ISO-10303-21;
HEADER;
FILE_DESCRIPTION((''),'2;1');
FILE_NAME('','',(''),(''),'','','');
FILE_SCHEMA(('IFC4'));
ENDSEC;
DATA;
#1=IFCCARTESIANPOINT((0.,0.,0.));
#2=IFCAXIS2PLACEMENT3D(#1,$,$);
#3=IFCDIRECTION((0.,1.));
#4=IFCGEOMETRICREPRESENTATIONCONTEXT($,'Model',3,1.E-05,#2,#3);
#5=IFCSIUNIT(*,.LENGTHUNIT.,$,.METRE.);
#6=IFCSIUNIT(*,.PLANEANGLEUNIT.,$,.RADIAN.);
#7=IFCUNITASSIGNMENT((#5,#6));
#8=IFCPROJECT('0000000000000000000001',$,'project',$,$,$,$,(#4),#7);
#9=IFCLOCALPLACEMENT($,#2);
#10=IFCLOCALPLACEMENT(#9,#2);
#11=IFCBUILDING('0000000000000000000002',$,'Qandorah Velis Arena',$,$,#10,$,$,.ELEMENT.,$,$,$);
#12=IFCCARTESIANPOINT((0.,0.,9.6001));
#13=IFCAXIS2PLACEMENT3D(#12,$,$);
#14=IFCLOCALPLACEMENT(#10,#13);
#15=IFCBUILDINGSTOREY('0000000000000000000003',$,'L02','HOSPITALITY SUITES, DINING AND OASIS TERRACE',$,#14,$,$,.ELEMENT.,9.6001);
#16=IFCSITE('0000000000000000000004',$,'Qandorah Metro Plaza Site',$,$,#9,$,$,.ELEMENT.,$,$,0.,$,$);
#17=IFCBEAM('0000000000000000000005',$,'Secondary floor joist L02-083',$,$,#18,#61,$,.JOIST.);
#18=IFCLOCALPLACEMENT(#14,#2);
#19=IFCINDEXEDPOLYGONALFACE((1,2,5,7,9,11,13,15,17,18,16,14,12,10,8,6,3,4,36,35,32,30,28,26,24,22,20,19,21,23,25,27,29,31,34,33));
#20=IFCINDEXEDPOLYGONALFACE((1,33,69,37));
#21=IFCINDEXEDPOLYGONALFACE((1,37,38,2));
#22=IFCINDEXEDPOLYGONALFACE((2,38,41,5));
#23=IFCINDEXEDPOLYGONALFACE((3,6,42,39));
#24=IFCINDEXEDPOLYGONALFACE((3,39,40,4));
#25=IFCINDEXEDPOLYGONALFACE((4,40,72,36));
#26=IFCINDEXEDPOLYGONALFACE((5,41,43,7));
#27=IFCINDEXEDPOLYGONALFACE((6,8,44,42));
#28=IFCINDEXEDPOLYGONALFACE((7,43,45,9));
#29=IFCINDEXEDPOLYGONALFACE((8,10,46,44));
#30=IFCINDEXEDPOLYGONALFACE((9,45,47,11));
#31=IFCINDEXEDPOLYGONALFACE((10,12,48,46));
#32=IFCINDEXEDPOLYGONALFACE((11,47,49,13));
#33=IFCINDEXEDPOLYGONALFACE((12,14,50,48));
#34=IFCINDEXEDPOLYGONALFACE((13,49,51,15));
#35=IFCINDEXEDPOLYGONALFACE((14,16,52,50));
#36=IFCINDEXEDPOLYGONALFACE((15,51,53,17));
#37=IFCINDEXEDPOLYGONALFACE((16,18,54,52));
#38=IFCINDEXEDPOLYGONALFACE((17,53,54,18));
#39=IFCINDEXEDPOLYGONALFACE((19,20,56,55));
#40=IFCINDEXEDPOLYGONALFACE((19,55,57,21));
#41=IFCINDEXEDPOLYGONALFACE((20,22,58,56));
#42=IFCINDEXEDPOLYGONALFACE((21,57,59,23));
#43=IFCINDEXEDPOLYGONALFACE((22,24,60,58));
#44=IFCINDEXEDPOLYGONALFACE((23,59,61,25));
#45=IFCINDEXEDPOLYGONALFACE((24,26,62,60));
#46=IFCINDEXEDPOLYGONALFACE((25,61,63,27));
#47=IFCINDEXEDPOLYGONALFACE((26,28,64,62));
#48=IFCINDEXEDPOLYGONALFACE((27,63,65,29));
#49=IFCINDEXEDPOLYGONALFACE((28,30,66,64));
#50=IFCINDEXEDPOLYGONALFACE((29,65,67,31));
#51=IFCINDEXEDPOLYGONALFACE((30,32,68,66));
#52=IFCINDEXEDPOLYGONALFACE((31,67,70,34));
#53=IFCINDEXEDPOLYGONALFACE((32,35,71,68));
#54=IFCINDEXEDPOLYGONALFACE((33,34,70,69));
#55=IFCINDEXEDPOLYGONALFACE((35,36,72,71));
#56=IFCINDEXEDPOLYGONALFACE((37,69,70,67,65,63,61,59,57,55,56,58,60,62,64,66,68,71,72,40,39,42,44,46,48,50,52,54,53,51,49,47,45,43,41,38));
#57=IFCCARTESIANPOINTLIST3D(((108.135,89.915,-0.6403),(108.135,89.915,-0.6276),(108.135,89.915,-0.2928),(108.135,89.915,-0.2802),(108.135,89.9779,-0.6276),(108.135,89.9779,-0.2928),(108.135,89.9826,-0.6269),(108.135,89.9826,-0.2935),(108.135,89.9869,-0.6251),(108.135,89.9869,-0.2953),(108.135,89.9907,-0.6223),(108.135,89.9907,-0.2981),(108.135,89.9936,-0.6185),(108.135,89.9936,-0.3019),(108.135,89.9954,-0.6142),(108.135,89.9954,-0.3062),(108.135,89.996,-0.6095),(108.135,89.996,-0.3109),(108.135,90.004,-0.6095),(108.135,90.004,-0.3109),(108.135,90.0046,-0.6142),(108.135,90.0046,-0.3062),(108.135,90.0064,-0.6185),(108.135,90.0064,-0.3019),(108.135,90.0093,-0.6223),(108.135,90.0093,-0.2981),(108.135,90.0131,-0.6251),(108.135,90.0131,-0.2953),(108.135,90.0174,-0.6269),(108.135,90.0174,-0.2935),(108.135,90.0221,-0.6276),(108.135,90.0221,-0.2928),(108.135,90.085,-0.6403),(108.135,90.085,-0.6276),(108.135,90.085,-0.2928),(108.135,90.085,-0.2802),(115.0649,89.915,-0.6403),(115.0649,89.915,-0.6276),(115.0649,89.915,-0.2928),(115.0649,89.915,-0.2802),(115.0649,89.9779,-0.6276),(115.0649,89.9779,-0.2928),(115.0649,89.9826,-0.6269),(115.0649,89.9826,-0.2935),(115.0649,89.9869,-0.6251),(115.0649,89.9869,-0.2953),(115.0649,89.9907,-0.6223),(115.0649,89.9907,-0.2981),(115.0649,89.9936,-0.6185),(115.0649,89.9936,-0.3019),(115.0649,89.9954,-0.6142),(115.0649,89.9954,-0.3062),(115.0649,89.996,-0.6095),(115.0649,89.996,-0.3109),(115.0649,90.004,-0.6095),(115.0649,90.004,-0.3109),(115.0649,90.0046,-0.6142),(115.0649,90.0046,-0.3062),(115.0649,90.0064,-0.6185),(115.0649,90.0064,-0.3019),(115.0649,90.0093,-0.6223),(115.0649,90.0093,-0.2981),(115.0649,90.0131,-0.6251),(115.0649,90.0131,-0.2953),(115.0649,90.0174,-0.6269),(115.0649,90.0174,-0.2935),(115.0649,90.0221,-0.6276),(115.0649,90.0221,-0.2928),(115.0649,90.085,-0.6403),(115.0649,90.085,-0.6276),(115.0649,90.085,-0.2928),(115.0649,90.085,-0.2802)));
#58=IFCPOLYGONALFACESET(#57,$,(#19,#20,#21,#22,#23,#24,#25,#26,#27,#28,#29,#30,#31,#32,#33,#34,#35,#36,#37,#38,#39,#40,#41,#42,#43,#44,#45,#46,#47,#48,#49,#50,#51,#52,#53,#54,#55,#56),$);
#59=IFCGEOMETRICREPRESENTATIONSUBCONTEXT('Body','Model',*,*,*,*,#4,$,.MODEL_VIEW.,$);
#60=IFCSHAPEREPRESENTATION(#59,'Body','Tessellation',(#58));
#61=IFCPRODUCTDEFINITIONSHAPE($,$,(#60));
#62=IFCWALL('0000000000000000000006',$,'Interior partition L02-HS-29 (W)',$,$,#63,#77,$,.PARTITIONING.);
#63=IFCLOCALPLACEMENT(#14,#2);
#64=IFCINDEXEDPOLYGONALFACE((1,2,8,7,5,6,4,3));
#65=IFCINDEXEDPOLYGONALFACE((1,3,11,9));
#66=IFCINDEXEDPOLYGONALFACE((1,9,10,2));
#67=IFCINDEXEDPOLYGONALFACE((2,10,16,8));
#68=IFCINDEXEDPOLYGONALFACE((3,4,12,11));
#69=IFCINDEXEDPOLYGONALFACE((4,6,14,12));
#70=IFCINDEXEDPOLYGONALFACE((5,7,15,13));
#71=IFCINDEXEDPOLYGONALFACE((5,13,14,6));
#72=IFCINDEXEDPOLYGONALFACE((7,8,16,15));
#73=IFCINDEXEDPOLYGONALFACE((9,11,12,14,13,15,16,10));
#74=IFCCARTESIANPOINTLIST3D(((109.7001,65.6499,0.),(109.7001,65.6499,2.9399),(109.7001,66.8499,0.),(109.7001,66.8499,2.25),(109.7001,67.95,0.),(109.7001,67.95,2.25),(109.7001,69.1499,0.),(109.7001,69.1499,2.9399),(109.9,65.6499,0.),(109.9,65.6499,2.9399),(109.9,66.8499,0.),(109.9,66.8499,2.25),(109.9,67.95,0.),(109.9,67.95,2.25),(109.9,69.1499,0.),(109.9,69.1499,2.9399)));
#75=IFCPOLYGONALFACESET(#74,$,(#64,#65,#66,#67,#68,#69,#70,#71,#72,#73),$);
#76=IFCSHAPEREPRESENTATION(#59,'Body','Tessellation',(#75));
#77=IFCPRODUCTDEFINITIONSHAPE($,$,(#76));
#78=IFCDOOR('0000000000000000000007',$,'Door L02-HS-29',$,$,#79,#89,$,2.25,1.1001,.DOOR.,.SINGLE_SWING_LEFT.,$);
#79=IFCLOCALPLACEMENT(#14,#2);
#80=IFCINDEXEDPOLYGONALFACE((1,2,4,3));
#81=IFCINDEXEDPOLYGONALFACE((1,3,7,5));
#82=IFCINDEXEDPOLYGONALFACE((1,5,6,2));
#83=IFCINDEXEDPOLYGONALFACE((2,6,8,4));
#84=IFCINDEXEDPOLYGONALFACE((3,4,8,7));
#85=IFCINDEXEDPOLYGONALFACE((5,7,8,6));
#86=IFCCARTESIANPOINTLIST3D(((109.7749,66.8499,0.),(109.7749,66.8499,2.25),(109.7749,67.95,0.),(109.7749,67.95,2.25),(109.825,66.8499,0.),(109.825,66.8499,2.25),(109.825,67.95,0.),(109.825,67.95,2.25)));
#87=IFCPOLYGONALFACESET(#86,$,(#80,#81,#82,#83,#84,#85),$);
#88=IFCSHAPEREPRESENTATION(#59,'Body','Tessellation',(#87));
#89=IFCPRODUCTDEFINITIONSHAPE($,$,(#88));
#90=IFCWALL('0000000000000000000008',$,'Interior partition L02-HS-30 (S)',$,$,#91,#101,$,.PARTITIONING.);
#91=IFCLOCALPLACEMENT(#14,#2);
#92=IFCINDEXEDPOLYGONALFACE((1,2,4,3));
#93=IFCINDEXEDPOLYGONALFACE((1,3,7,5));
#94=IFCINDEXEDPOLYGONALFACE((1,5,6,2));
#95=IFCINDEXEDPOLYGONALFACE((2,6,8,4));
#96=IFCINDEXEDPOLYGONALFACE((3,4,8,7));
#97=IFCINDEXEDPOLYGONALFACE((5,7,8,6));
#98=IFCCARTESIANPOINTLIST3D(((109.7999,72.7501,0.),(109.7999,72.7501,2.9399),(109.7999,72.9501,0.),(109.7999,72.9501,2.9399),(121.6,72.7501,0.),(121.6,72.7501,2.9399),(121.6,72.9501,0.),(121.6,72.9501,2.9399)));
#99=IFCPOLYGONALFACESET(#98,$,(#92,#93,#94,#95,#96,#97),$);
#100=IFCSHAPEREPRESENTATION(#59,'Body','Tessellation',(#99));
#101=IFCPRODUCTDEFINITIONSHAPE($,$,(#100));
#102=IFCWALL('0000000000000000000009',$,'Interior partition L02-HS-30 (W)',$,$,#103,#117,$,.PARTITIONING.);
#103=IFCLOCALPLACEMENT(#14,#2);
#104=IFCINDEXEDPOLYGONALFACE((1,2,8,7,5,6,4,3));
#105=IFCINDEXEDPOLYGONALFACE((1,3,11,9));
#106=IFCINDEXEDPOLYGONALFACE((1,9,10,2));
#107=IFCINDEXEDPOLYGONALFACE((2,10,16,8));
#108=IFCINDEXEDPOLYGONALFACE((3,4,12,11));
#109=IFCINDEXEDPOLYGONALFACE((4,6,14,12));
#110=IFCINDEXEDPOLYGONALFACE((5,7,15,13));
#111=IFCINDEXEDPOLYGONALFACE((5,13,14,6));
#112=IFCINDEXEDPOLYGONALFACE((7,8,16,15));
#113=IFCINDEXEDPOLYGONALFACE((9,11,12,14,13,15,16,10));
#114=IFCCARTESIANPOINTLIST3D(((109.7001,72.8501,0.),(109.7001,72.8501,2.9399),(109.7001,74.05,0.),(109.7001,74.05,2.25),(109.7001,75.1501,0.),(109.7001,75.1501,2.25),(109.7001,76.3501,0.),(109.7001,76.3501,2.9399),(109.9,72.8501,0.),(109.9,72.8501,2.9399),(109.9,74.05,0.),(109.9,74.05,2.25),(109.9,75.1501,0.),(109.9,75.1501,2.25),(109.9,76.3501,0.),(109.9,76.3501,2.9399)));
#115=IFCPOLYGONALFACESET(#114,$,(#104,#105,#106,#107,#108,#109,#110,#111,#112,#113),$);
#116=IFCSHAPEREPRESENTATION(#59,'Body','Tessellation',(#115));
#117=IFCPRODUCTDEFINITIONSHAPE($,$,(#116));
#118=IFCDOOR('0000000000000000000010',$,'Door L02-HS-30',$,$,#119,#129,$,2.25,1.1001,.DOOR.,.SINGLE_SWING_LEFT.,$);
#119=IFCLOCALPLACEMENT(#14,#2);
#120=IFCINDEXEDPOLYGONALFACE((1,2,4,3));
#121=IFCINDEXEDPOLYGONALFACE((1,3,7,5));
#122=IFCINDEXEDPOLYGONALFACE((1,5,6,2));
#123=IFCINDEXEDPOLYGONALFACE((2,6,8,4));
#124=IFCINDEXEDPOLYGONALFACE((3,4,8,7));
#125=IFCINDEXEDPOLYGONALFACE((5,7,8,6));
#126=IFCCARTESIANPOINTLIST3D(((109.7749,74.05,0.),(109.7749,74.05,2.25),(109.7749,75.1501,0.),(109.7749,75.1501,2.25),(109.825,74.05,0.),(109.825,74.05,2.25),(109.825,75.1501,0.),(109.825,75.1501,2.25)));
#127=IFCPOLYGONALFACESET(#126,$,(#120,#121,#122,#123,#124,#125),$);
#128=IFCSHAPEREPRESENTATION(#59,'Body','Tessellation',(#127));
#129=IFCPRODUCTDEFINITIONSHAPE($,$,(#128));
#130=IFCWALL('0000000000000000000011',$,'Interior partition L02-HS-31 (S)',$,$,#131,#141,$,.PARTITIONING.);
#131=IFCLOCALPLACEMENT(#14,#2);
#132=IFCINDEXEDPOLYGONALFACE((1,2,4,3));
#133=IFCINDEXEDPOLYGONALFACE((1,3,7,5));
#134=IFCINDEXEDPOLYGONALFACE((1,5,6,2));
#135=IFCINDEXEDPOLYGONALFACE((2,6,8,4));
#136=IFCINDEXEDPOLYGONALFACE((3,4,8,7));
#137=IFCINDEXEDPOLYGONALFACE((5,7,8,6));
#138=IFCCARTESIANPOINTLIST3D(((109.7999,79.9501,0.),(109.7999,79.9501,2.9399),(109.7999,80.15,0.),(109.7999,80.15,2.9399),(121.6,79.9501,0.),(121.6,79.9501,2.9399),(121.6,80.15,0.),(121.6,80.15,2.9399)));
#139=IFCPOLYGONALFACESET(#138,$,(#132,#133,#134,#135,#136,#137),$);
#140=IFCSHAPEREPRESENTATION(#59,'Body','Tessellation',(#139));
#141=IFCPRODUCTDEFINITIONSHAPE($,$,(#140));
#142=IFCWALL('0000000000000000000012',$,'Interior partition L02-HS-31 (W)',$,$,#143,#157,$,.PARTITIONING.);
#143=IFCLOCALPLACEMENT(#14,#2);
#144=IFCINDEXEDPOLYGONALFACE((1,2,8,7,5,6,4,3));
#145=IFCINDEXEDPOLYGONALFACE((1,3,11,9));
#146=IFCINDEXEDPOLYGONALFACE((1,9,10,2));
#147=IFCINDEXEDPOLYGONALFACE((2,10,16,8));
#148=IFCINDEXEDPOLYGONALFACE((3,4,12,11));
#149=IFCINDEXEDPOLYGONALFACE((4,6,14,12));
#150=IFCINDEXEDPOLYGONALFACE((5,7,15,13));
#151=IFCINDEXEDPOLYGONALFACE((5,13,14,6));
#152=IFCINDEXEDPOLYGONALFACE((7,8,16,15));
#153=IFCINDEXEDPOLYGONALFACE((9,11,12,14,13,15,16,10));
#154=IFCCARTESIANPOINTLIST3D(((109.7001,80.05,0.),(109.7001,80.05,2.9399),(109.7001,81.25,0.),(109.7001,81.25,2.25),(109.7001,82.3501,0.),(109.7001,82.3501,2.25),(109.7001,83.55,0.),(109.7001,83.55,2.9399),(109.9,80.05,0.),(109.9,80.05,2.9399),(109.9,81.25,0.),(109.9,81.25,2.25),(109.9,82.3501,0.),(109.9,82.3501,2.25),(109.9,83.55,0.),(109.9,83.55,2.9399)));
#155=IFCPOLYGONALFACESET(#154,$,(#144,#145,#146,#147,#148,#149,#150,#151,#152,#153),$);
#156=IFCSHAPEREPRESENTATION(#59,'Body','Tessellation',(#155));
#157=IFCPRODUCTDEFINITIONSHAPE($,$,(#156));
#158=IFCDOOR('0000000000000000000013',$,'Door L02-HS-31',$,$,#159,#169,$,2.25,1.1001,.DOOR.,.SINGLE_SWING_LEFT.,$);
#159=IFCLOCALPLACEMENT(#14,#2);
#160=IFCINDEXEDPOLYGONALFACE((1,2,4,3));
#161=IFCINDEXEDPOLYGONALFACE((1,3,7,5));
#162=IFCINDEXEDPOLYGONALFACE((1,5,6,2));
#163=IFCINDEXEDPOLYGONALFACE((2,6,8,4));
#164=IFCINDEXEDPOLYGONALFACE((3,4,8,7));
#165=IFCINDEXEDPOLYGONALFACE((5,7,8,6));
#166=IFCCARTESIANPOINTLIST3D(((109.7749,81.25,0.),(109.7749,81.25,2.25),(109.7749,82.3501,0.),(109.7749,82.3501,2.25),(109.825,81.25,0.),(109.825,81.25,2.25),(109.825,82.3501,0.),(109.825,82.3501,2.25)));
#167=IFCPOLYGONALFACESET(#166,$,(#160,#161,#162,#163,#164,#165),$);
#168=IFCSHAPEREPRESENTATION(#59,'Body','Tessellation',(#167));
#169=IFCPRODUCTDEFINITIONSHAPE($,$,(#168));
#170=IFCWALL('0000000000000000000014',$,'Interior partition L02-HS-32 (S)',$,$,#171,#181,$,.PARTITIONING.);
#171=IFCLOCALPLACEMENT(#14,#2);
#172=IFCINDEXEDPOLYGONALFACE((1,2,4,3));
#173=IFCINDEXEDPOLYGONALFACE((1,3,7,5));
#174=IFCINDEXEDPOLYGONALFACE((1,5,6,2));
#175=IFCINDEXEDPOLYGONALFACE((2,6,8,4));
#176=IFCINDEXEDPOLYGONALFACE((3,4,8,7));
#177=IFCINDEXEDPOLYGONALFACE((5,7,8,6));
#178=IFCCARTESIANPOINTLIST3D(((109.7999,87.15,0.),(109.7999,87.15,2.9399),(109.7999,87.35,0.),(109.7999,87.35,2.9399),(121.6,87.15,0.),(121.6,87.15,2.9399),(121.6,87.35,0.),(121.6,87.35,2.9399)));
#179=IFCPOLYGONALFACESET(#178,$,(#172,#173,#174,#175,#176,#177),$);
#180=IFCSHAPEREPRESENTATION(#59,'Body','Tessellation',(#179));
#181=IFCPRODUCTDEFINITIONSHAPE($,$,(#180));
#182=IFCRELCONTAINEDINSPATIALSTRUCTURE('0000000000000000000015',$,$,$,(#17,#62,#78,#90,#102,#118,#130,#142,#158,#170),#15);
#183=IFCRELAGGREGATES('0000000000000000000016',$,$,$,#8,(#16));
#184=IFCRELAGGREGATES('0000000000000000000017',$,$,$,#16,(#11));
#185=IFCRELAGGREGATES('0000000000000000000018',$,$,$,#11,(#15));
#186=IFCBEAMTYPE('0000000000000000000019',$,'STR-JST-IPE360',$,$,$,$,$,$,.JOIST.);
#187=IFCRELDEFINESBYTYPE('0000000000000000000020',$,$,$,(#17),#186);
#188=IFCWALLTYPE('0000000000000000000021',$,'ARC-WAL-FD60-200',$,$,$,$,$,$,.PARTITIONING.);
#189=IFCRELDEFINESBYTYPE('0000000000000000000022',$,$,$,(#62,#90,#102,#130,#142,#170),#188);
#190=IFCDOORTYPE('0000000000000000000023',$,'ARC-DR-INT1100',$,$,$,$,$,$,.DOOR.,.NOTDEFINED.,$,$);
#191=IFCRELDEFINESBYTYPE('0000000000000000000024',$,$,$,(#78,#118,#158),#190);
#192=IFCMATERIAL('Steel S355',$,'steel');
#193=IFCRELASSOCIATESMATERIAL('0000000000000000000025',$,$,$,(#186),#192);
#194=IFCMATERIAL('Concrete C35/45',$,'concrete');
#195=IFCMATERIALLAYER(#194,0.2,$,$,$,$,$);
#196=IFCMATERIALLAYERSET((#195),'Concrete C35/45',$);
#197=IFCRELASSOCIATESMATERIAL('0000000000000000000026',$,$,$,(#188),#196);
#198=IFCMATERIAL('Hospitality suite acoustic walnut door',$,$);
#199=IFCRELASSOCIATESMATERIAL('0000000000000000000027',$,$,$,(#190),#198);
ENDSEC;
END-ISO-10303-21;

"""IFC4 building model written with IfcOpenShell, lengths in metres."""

from ifc_helpers import new_model, si_unit, direction, frame, frame_2d, origin, origin_2d, place, context, subcontext, project, spatial, rectangle, i_section, extrude, material, layer, layer_set, material_profile, profile_set, type_object, element, fill, save


model = new_model("IFC4")

# Units and contexts
model_context = context("Model", 3, precision=1e-05, world=origin(), true_north=direction((0.0, 1.0)))
body_context = subcontext(model_context, "Body", "Model", "MODEL_VIEW")
ifc_project = project(units=[si_unit("LENGTHUNIT", "METRE"), si_unit("PLANEANGLEUNIT", "RADIAN")], contexts=[model_context])

# Site, building, storey
site_placement = place(None, origin())
site = spatial("IfcSite", under=ifc_project, at=site_placement, Name="Qandorah Metro Plaza Site", CompositionType="ELEMENT", RefElevation=0.0)
building_placement = place(site_placement, origin())
building = spatial("IfcBuilding", under=site, at=building_placement, Name="Qandorah Velis Arena", CompositionType="ELEMENT")
storey_placement = place(building_placement, frame((0.0, 0.0, 9.6001)))
storey = spatial("IfcBuildingStorey", under=building, at=storey_placement, Name="L02", Description="HOSPITALITY SUITES, DINING AND OASIS TERRACE", CompositionType="ELEMENT", Elevation=9.6001)

# Beam
ifc_material_1 = material(Name="Steel S355", Category="steel")
ifc_material_profile_1 = material_profile(ifc_material_1, i_section(OverallWidth=0.1699, OverallDepth=0.3601, WebThickness=0.0081, FlangeThickness=0.0127, FilletRadius=0.0181, at=origin_2d()), Name="IPE 360")
ifc_profile_set_1 = profile_set([ifc_material_profile_1], Name="Steel S355")
beam_type_1 = type_object("IfcBeamType", Name="STR-JST-IPE360", PredefinedType="JOIST", material=ifc_profile_set_1)
for number, where, z_axis, x_axis, name in (
    (1, (108.135, 90.0, -0.4602), (1.0, 0.0, 0.0), (0.0, 1.0, 0.0), "Secondary floor joist L02-083"),
):
    element("IfcBeam", number, at=place(storey_placement, frame(where, z_axis=z_axis, x_axis=x_axis)), inside=storey, type_object=beam_type_1, Name=name, PredefinedType="JOIST", context=body_context, shape_type="SweptSolid", body=[
        extrude(i_section(OverallWidth=0.1699, OverallDepth=0.3601, WebThickness=0.0081, FlangeThickness=0.0127, FilletRadius=0.0181, at=origin_2d()), origin(), (0.0, 0.0, 1.0), 6.9299),
    ])

# Wall, opening, door
ifc_material_2 = material(Name="Concrete C35/45", Category="concrete")
ifc_layer_1 = layer(ifc_material_2, 0.2)
ifc_layer_set_1 = layer_set([ifc_layer_1], Name="Concrete C35/45")
wall_type_1 = type_object("IfcWallType", Name="ARC-WAL-FD60-200", PredefinedType="PARTITIONING", material=ifc_layer_set_1)
wall_1_placement = place(storey_placement, frame((109.8, 69.1499, 0.0), z_axis=(0.0, 0.0, 1.0), x_axis=(0.0, -1.0, 0.0)))
wall_1 = element("IfcWall", 2, at=wall_1_placement, inside=storey, type_object=wall_type_1, Name="Interior partition L02-HS-29 (W)", PredefinedType="PARTITIONING", context=body_context, shape_type="SweptSolid", body=[
    extrude(rectangle(XDim=3.5, YDim=0.2, at=frame_2d((1.75, 0.0))), origin(), (0.0, 0.0, 1.0), 2.9399),
])
opening_1_placement = place(wall_1_placement, frame((1.2, 0.0, 0.0)))
opening_1 = element("IfcOpeningElement", 3, at=opening_1_placement, cuts=wall_1, PredefinedType="OPENING", context=body_context, shape_type="SweptSolid", body=[
    extrude(rectangle(XDim=1.1001, YDim=2.25, at=frame_2d((0.55, 1.125))), frame((0.0, 0.1099, 0.0), z_axis=(0.0, -1.0, 0.0), x_axis=(1.0, 0.0, 0.0)), (0.0, 0.0, 1.0), 0.22),
])
ifc_material_3 = material(Name="Hospitality suite acoustic walnut door")
door_type_1 = type_object("IfcDoorType", Name="ARC-DR-INT1100", OperationType="NOTDEFINED", PredefinedType="DOOR", material=ifc_material_3)
door_1_placement = place(opening_1_placement, origin())
door_1 = element("IfcDoor", 4, at=door_1_placement, inside=storey, type_object=door_type_1, Name="Door L02-HS-29", OperationType="SINGLE_SWING_LEFT", OverallHeight=2.25, OverallWidth=1.1001, PredefinedType="DOOR", context=body_context, shape_type="SweptSolid", body=[
    extrude(rectangle(XDim=1.1001, YDim=2.25, at=frame_2d((0.55, 1.125))), frame((0.0, 0.0249, 0.0), z_axis=(0.0, -1.0, 0.0), x_axis=(1.0, 0.0, 0.0)), (0.0, 0.0, 1.0), 0.05),
])
fill(opening_1, door_1)

# Wall
wall_2_placement = place(storey_placement, frame((109.8, 72.8501, 0.0), z_axis=(0.0, 0.0, 1.0), x_axis=(1.0, 0.0, 0.0)))
element("IfcWall", 5, at=wall_2_placement, inside=storey, type_object=wall_type_1, Name="Interior partition L02-HS-30 (S)", PredefinedType="PARTITIONING", context=body_context, shape_type="SweptSolid", body=[
    extrude(rectangle(XDim=11.8, YDim=0.2, at=frame_2d((5.8999, 0.0))), origin(), (0.0, 0.0, 1.0), 2.9399),
])

# Wall, opening, door
wall_3_placement = place(storey_placement, frame((109.8, 76.3501, 0.0), z_axis=(0.0, 0.0, 1.0), x_axis=(0.0, -1.0, 0.0)))
wall_3 = element("IfcWall", 6, at=wall_3_placement, inside=storey, type_object=wall_type_1, Name="Interior partition L02-HS-30 (W)", PredefinedType="PARTITIONING", context=body_context, shape_type="SweptSolid", body=[
    extrude(rectangle(XDim=3.5, YDim=0.2, at=frame_2d((1.75, 0.0))), origin(), (0.0, 0.0, 1.0), 2.9399),
])
opening_2_placement = place(wall_3_placement, frame((1.2, 0.0, 0.0)))
opening_2 = element("IfcOpeningElement", 7, at=opening_2_placement, cuts=wall_3, PredefinedType="OPENING", context=body_context, shape_type="SweptSolid", body=[
    extrude(rectangle(XDim=1.1001, YDim=2.25, at=frame_2d((0.55, 1.125))), frame((0.0, 0.1099, 0.0), z_axis=(0.0, -1.0, 0.0), x_axis=(1.0, 0.0, 0.0)), (0.0, 0.0, 1.0), 0.22),
])
door_2_placement = place(opening_2_placement, origin())
door_2 = element("IfcDoor", 8, at=door_2_placement, inside=storey, type_object=door_type_1, Name="Door L02-HS-30", OperationType="SINGLE_SWING_LEFT", OverallHeight=2.25, OverallWidth=1.1001, PredefinedType="DOOR", context=body_context, shape_type="SweptSolid", body=[
    extrude(rectangle(XDim=1.1001, YDim=2.25, at=frame_2d((0.55, 1.125))), frame((0.0, 0.0249, 0.0), z_axis=(0.0, -1.0, 0.0), x_axis=(1.0, 0.0, 0.0)), (0.0, 0.0, 1.0), 0.05),
])
fill(opening_2, door_2)

# Wall
wall_4_placement = place(storey_placement, frame((109.8, 80.05, 0.0), z_axis=(0.0, 0.0, 1.0), x_axis=(1.0, 0.0, 0.0)))
element("IfcWall", 9, at=wall_4_placement, inside=storey, type_object=wall_type_1, Name="Interior partition L02-HS-31 (S)", PredefinedType="PARTITIONING", context=body_context, shape_type="SweptSolid", body=[
    extrude(rectangle(XDim=11.8, YDim=0.2, at=frame_2d((5.8999, 0.0))), origin(), (0.0, 0.0, 1.0), 2.9399),
])

# Wall, opening, door
wall_5_placement = place(storey_placement, frame((109.8, 83.55, 0.0), z_axis=(0.0, 0.0, 1.0), x_axis=(0.0, -1.0, 0.0)))
wall_5 = element("IfcWall", 10, at=wall_5_placement, inside=storey, type_object=wall_type_1, Name="Interior partition L02-HS-31 (W)", PredefinedType="PARTITIONING", context=body_context, shape_type="SweptSolid", body=[
    extrude(rectangle(XDim=3.5, YDim=0.2, at=frame_2d((1.75, 0.0))), origin(), (0.0, 0.0, 1.0), 2.9399),
])
opening_3_placement = place(wall_5_placement, frame((1.2, 0.0, 0.0)))
opening_3 = element("IfcOpeningElement", 11, at=opening_3_placement, cuts=wall_5, PredefinedType="OPENING", context=body_context, shape_type="SweptSolid", body=[
    extrude(rectangle(XDim=1.1001, YDim=2.25, at=frame_2d((0.55, 1.125))), frame((0.0, 0.1099, 0.0), z_axis=(0.0, -1.0, 0.0), x_axis=(1.0, 0.0, 0.0)), (0.0, 0.0, 1.0), 0.22),
])
door_3_placement = place(opening_3_placement, origin())
door_3 = element("IfcDoor", 12, at=door_3_placement, inside=storey, type_object=door_type_1, Name="Door L02-HS-31", OperationType="SINGLE_SWING_LEFT", OverallHeight=2.25, OverallWidth=1.1001, PredefinedType="DOOR", context=body_context, shape_type="SweptSolid", body=[
    extrude(rectangle(XDim=1.1001, YDim=2.25, at=frame_2d((0.55, 1.125))), frame((0.0, 0.0249, 0.0), z_axis=(0.0, -1.0, 0.0), x_axis=(1.0, 0.0, 0.0)), (0.0, 0.0, 1.0), 0.05),
])
fill(opening_3, door_3)

# Wall
wall_6_placement = place(storey_placement, frame((109.8, 87.25, 0.0), z_axis=(0.0, 0.0, 1.0), x_axis=(1.0, 0.0, 0.0)))
element("IfcWall", 13, at=wall_6_placement, inside=storey, type_object=wall_type_1, Name="Interior partition L02-HS-32 (S)", PredefinedType="PARTITIONING", context=body_context, shape_type="SweptSolid", body=[
    extrude(rectangle(XDim=11.8, YDim=0.2, at=frame_2d((5.8999, 0.0))), origin(), (0.0, 0.0, 1.0), 2.9399),
])

save(model, "model.ifc")
